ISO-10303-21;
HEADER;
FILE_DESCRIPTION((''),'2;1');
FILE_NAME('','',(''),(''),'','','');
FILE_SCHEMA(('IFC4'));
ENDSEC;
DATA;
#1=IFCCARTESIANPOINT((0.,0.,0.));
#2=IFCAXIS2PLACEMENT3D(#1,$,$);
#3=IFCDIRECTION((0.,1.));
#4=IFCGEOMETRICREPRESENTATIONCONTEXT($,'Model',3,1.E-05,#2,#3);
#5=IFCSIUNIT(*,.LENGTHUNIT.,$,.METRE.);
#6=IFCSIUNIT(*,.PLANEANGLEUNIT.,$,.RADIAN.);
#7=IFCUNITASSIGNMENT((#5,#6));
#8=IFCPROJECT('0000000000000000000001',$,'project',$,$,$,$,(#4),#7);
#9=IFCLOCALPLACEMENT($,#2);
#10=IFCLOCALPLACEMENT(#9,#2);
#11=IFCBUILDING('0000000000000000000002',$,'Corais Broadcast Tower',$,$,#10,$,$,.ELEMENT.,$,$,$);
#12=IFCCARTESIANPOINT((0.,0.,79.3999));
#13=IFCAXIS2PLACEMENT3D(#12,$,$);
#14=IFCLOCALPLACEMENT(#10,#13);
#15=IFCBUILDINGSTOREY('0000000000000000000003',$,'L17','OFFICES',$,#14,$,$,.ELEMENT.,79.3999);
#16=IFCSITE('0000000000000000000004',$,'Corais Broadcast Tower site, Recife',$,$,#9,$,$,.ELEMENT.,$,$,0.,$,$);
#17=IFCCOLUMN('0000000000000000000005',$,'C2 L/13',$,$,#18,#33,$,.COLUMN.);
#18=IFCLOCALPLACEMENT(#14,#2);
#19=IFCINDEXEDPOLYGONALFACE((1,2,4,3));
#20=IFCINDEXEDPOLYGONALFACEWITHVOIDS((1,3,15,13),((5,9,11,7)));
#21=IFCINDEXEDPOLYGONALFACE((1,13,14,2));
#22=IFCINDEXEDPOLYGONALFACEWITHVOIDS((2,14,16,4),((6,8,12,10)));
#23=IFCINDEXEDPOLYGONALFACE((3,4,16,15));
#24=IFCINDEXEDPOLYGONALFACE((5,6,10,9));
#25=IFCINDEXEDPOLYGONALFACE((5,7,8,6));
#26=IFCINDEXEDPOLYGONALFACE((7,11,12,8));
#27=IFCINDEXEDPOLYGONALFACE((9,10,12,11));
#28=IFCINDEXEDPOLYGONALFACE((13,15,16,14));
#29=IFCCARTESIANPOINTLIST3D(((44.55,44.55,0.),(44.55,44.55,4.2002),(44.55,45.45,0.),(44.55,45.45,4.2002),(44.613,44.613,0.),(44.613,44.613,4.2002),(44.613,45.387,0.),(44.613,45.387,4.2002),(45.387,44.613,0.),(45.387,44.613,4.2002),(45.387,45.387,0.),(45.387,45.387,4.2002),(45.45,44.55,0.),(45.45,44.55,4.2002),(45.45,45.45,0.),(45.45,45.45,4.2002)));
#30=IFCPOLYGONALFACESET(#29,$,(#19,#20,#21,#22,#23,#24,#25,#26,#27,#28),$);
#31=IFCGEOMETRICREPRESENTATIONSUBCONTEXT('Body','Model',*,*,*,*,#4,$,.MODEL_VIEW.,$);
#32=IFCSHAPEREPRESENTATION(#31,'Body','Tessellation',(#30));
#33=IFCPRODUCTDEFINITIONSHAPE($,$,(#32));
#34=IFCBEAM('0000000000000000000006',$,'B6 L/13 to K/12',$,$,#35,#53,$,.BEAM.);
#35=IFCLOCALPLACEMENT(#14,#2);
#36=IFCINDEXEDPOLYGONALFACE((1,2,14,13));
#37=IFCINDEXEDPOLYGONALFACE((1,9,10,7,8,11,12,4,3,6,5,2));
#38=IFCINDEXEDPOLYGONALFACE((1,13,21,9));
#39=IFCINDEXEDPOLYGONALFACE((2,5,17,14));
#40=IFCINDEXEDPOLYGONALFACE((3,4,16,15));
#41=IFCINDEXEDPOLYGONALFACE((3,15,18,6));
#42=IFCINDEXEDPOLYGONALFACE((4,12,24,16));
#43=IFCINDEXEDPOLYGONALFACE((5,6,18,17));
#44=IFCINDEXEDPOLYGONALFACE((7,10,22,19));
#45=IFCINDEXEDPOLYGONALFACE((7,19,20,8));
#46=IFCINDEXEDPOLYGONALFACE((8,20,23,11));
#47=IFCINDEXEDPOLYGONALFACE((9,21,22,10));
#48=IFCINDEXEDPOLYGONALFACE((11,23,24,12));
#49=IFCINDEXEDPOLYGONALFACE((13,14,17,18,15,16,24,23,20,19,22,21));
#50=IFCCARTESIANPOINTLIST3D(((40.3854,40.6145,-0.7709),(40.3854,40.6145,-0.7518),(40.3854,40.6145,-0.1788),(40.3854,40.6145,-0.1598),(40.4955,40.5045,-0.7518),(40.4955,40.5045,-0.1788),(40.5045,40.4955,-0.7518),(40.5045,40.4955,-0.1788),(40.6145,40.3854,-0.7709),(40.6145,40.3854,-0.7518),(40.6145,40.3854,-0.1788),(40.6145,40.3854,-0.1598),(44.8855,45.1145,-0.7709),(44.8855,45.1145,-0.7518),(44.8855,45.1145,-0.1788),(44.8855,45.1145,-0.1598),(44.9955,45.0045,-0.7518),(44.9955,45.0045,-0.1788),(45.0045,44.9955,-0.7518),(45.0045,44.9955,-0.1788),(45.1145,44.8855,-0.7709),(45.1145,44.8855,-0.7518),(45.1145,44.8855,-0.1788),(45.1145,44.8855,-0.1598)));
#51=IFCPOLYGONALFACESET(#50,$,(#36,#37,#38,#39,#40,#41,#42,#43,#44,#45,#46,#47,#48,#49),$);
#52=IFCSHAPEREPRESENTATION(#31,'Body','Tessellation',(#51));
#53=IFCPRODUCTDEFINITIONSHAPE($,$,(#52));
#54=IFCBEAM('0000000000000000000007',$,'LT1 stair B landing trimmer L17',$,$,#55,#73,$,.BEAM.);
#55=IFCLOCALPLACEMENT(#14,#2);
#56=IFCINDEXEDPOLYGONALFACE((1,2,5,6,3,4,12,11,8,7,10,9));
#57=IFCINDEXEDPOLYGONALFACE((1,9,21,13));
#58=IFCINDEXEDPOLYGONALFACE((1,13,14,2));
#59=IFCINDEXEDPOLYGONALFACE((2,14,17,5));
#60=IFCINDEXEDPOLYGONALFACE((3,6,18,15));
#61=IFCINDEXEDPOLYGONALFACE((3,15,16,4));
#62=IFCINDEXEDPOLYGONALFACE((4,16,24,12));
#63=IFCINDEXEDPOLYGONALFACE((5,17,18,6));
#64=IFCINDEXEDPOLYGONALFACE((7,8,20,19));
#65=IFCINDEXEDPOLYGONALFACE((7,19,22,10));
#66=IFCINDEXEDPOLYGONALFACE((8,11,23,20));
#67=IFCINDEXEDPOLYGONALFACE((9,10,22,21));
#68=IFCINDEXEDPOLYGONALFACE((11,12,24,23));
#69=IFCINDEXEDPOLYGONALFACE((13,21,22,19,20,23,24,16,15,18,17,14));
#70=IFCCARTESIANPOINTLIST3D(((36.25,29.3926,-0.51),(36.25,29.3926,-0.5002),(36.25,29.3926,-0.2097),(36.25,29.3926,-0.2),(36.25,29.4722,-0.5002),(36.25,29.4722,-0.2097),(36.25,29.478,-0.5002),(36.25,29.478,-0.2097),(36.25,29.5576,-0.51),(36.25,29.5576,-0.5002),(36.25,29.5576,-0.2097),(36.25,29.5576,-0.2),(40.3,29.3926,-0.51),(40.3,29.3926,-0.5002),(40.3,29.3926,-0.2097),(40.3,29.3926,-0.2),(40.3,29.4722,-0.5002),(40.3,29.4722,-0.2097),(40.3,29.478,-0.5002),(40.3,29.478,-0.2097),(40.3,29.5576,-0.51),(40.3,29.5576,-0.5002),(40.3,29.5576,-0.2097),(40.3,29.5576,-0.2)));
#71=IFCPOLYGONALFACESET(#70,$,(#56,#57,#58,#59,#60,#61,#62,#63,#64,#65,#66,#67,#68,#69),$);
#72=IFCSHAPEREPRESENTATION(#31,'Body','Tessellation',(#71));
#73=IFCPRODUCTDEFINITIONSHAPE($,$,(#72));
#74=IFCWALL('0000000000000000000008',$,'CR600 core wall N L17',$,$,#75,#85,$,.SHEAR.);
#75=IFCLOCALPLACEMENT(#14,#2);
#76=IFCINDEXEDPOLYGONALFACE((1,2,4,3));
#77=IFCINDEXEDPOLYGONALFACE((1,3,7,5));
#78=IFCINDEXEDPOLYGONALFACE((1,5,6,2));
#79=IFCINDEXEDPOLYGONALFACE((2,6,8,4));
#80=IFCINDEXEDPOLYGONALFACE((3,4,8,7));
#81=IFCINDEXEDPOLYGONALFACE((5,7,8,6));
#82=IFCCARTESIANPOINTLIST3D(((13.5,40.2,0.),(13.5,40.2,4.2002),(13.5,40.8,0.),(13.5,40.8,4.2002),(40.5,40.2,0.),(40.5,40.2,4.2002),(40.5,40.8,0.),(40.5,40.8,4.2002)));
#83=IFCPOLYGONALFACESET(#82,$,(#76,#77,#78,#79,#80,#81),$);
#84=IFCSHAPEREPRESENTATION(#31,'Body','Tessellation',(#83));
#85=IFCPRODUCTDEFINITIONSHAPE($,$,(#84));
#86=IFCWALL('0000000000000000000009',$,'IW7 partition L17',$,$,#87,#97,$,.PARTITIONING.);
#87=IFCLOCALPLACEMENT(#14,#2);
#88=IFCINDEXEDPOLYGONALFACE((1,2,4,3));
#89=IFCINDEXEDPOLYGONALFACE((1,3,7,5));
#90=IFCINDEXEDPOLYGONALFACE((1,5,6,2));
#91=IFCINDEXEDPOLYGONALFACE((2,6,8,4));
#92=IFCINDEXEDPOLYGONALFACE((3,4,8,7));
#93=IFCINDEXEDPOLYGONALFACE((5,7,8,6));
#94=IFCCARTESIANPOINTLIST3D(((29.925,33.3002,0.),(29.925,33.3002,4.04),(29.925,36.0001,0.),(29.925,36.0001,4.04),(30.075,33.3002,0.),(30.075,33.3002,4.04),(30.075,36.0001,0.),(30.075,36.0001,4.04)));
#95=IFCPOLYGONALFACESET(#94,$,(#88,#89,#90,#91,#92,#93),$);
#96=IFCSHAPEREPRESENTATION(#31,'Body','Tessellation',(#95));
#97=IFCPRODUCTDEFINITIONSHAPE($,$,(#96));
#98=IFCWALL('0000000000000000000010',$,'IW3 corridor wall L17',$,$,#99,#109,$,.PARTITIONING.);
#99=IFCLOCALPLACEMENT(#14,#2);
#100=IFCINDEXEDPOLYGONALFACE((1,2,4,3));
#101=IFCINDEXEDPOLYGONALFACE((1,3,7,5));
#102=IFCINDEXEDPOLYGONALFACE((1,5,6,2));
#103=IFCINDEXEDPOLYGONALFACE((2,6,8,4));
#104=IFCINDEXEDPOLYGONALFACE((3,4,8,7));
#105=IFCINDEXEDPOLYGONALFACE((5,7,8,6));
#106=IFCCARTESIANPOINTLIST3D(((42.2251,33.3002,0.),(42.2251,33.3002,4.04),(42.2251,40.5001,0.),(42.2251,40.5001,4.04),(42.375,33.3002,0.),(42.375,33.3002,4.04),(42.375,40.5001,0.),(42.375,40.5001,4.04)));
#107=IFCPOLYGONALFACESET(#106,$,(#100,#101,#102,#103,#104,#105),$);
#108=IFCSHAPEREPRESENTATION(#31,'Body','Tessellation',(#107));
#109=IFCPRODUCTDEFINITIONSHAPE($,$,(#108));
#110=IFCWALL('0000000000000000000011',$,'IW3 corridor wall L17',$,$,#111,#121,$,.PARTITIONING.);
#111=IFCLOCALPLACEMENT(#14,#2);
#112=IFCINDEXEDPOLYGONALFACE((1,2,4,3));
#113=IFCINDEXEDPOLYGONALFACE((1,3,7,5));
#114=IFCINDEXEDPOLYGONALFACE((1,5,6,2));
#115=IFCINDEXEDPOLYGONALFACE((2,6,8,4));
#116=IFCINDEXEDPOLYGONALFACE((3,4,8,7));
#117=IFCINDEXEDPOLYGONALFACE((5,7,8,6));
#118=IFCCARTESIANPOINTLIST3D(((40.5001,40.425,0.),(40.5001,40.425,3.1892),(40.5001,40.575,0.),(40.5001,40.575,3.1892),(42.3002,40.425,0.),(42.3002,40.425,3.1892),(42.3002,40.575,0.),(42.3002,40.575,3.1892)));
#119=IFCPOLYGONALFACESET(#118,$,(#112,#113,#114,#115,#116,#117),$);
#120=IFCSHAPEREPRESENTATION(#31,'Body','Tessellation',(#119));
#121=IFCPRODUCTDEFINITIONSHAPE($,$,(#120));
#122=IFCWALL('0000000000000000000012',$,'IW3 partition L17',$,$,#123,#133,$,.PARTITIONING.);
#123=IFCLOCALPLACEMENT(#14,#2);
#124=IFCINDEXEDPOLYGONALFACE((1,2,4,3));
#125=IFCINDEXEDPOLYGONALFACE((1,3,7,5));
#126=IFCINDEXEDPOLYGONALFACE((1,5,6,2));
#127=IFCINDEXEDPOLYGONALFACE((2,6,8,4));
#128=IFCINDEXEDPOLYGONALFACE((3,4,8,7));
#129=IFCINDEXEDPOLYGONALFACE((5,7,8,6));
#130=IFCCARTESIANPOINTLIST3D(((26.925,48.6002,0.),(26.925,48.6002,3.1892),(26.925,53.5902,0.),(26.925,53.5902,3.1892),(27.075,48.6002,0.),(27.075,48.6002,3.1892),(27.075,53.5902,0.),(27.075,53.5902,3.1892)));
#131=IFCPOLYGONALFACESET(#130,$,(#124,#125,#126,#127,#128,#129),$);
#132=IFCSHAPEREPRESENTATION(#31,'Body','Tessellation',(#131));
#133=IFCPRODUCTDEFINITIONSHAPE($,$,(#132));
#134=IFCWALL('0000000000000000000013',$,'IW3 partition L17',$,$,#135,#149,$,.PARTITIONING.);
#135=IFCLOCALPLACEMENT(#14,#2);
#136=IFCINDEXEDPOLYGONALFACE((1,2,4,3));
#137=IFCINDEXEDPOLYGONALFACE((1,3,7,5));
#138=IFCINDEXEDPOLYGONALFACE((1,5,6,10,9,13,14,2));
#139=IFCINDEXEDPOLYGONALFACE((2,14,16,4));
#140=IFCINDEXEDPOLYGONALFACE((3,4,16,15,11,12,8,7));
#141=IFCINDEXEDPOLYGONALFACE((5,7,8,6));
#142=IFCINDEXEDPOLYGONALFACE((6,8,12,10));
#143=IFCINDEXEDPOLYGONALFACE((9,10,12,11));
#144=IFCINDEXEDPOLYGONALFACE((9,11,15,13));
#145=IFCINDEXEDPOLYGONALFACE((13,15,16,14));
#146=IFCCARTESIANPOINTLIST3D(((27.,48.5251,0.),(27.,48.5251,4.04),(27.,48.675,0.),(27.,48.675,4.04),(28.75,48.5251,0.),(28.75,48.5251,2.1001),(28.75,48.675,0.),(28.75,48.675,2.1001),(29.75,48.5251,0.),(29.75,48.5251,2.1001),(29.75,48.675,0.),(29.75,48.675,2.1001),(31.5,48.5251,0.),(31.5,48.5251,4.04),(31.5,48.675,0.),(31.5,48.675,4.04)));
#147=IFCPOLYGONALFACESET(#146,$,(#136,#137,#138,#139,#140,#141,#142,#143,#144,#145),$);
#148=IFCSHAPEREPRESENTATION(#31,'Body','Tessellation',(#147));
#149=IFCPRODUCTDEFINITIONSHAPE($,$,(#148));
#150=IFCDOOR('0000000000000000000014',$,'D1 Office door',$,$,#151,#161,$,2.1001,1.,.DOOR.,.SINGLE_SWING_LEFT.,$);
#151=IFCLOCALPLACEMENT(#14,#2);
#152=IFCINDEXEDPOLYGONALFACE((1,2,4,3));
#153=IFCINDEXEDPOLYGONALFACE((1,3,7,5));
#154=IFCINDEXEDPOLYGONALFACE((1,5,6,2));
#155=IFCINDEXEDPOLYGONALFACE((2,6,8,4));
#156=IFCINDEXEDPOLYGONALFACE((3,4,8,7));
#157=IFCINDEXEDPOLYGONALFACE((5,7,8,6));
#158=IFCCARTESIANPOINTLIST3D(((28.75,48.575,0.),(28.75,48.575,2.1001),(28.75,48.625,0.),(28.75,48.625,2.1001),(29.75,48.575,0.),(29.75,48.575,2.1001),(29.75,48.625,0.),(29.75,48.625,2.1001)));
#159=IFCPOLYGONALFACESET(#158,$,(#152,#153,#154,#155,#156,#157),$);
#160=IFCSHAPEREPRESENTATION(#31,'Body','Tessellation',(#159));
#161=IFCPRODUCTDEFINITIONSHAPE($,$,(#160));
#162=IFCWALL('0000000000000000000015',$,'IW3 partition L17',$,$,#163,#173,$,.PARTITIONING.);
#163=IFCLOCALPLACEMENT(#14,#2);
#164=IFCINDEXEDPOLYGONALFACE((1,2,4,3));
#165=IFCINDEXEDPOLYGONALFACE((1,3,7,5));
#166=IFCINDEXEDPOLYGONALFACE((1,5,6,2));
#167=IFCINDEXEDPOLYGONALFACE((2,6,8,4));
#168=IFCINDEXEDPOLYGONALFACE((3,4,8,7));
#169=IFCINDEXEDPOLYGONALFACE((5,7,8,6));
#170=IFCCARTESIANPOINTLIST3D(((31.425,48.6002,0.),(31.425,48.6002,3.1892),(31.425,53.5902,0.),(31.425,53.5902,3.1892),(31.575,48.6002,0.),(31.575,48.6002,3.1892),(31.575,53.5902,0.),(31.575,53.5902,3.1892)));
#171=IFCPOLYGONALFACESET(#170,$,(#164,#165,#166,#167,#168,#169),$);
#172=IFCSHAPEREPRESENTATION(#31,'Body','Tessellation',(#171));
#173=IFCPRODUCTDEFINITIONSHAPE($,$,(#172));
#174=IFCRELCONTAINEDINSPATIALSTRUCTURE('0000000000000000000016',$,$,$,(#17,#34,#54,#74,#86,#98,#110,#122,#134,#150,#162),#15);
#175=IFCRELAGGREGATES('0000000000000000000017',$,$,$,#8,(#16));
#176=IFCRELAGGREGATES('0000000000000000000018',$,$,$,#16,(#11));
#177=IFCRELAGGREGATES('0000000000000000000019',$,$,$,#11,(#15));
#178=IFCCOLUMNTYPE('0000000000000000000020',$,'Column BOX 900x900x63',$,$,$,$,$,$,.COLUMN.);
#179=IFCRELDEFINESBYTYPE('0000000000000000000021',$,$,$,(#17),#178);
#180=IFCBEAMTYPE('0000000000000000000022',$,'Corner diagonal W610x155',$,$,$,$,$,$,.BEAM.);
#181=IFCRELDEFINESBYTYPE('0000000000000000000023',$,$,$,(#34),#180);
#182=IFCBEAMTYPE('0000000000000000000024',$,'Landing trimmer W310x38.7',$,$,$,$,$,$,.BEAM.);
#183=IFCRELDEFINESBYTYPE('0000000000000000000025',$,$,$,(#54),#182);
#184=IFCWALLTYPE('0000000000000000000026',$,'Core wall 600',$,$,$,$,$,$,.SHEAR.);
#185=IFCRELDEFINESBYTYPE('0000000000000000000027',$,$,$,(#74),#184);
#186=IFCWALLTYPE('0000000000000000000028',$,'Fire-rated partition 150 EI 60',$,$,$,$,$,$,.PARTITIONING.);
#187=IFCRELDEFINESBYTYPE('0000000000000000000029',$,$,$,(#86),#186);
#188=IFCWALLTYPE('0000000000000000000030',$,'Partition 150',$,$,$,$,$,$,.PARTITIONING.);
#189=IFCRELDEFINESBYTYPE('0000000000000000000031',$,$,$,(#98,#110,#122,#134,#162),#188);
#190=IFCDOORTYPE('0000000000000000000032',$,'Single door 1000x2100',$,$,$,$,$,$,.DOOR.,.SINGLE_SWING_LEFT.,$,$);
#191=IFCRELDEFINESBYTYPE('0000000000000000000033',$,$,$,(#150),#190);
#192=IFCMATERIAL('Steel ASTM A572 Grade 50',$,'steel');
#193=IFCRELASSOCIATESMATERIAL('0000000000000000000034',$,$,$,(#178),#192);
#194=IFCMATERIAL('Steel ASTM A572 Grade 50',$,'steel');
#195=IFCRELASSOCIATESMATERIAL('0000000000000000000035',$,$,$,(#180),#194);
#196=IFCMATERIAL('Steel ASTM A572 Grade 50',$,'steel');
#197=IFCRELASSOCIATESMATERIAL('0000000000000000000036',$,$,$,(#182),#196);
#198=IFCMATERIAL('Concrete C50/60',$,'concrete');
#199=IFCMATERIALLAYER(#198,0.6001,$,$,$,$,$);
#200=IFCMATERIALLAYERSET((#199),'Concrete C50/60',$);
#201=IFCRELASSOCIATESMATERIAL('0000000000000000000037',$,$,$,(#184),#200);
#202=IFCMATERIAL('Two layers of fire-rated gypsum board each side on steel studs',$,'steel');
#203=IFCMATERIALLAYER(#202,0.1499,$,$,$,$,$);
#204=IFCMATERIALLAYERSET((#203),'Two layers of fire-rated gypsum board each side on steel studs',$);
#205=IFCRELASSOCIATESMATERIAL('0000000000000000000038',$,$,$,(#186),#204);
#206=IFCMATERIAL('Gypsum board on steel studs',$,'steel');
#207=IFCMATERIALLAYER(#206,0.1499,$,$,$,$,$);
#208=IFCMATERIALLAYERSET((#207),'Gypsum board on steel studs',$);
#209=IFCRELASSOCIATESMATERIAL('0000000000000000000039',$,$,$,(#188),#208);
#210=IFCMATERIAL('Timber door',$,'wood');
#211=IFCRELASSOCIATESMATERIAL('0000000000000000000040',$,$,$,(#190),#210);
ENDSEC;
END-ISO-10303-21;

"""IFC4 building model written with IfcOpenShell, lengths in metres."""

from ifc_helpers import new_model, si_unit, direction, frame, frame_2d, origin, origin_2d, place, context, subcontext, project, spatial, rectangle, hollow_rectangle, i_section, extrude, material, layer, layer_set, material_profile, profile_set, type_object, element, fill, save


model = new_model("IFC4")

# Units and contexts
model_context = context("Model", 3, precision=1e-05, world=origin(), true_north=direction((0.0, 1.0)))
body_context = subcontext(model_context, "Body", "Model", "MODEL_VIEW")
ifc_project = project(units=[si_unit("LENGTHUNIT", "METRE"), si_unit("PLANEANGLEUNIT", "RADIAN")], contexts=[model_context])

# Site, building, storey
site_placement = place(None, origin())
site = spatial("IfcSite", under=ifc_project, at=site_placement, Name="Corais Broadcast Tower site, Recife", CompositionType="ELEMENT", RefElevation=0.0)
building_placement = place(site_placement, origin())
building = spatial("IfcBuilding", under=site, at=building_placement, Name="Corais Broadcast Tower", CompositionType="ELEMENT")
storey_placement = place(building_placement, frame((0.0, 0.0, 79.3999)))
storey = spatial("IfcBuildingStorey", under=building, at=storey_placement, Name="L17", Description="OFFICES", CompositionType="ELEMENT", Elevation=79.3999)

# Column
ifc_material_1 = material(Name="Steel ASTM A572 Grade 50", Category="steel")
ifc_material_profile_1 = material_profile(ifc_material_1, hollow_rectangle(XDim=0.8999, YDim=0.8999, WallThickness=0.063, at=origin_2d()), Name="BOX 900x900x63")
ifc_profile_set_1 = profile_set([ifc_material_profile_1], Name="Steel ASTM A572 Grade 50")
column_type = type_object("IfcColumnType", Name="Column BOX 900x900x63", PredefinedType="COLUMN", material=ifc_profile_set_1)
column_placement = place(storey_placement, frame((45.0, 45.0, 0.0), z_axis=(0.0, 0.0, 1.0), x_axis=(1.0, 0.0, 0.0)))
element("IfcColumn", 1, at=column_placement, inside=storey, type_object=column_type, Name="C2 L/13", PredefinedType="COLUMN", context=body_context, shape_type="SweptSolid", body=[
    extrude(hollow_rectangle(XDim=0.8999, YDim=0.8999, WallThickness=0.063, at=origin_2d()), origin(), (0.0, 0.0, 1.0), 4.2002),
])

# Beams
ifc_material_2 = material(Name="Steel ASTM A572 Grade 50", Category="steel")
ifc_material_profile_2 = material_profile(ifc_material_2, i_section(OverallWidth=0.324, OverallDepth=0.6111, WebThickness=0.0127, FlangeThickness=0.019, at=origin_2d()), Name="W610x155")
ifc_profile_set_2 = profile_set([ifc_material_profile_2], Name="Steel ASTM A572 Grade 50")
beam_type_1 = type_object("IfcBeamType", Name="Corner diagonal W610x155", PredefinedType="BEAM", material=ifc_profile_set_2)
beam_1_placement = place(storey_placement, frame((45.0, 45.0, -0.4653), z_axis=(-0.707107, -0.707107, 0.0), x_axis=(0.707107, -0.707107, 0.0)))
element("IfcBeam", 2, at=beam_1_placement, inside=storey, type_object=beam_type_1, Name="B6 L/13 to K/12", PredefinedType="BEAM", context=body_context, shape_type="SweptSolid", body=[
    extrude(i_section(OverallWidth=0.324, OverallDepth=0.6111, WebThickness=0.0127, FlangeThickness=0.019, at=origin_2d()), origin(), (0.0, 0.0, 1.0), 6.364),
])
ifc_material_3 = material(Name="Steel ASTM A572 Grade 50", Category="steel")
ifc_material_profile_3 = material_profile(ifc_material_3, i_section(OverallWidth=0.165, OverallDepth=0.3101, WebThickness=0.0059, FlangeThickness=0.0098, at=origin_2d()), Name="W310x38.7")
ifc_profile_set_3 = profile_set([ifc_material_profile_3], Name="Steel ASTM A572 Grade 50")
beam_type_2 = type_object("IfcBeamType", Name="Landing trimmer W310x38.7", PredefinedType="BEAM", material=ifc_profile_set_3)
beam_2_placement = place(storey_placement, frame((36.25, 29.4751, -0.355), z_axis=(1.0, 0.0, 0.0), x_axis=(0.0, 1.0, 0.0)))
element("IfcBeam", 3, at=beam_2_placement, inside=storey, type_object=beam_type_2, Name="LT1 stair B landing trimmer L17", PredefinedType="BEAM", context=body_context, shape_type="SweptSolid", body=[
    extrude(i_section(OverallWidth=0.165, OverallDepth=0.3101, WebThickness=0.0059, FlangeThickness=0.0098, at=origin_2d()), origin(), (0.0, 0.0, 1.0), 4.05),
])

# Walls
ifc_material_4 = material(Name="Concrete C50/60", Category="concrete")
ifc_layer_1 = layer(ifc_material_4, 0.6001)
ifc_layer_set_1 = layer_set([ifc_layer_1], Name="Concrete C50/60")
wall_type_1 = type_object("IfcWallType", Name="Core wall 600", PredefinedType="SHEAR", material=ifc_layer_set_1)
wall_1_placement = place(storey_placement, frame((40.5, 40.5, 0.0), z_axis=(0.0, 0.0, 1.0), x_axis=(-1.0, 0.0, 0.0)))
element("IfcWall", 4, at=wall_1_placement, inside=storey, type_object=wall_type_1, Name="CR600 core wall N L17", PredefinedType="SHEAR", context=body_context, shape_type="SweptSolid", body=[
    extrude(rectangle(XDim=27.0, YDim=0.6001, at=frame_2d((13.5, 0.0))), origin(), (0.0, 0.0, 1.0), 4.2002),
])
ifc_material_5 = material(Name="Two layers of fire-rated gypsum board each side on steel studs", Category="steel")
ifc_layer_2 = layer(ifc_material_5, 0.1499)
ifc_layer_set_2 = layer_set([ifc_layer_2], Name="Two layers of fire-rated gypsum board each side on steel studs")
wall_type_2 = type_object("IfcWallType", Name="Fire-rated partition 150 EI 60", PredefinedType="PARTITIONING", material=ifc_layer_set_2)
wall_2_placement = place(storey_placement, frame((30.0, 33.3, 0.0), z_axis=(0.0, 0.0, 1.0), x_axis=(0.0, 1.0, 0.0)))
element("IfcWall", 5, at=wall_2_placement, inside=storey, type_object=wall_type_2, Name="IW7 partition L17", PredefinedType="PARTITIONING", context=body_context, shape_type="SweptSolid", body=[
    extrude(rectangle(XDim=2.7, YDim=0.1499, at=frame_2d((1.3501, 0.0))), origin(), (0.0, 0.0, 1.0), 4.04),
])
ifc_material_6 = material(Name="Gypsum board on steel studs", Category="steel")
ifc_layer_3 = layer(ifc_material_6, 0.1499)
ifc_layer_set_3 = layer_set([ifc_layer_3], Name="Gypsum board on steel studs")
wall_type_3 = type_object("IfcWallType", Name="Partition 150", PredefinedType="PARTITIONING", material=ifc_layer_set_3)
wall_3_placement = place(storey_placement, frame((42.3, 33.3, 0.0), z_axis=(0.0, 0.0, 1.0), x_axis=(0.0, 1.0, 0.0)))
element("IfcWall", 6, at=wall_3_placement, inside=storey, type_object=wall_type_3, Name="IW3 corridor wall L17", PredefinedType="PARTITIONING", context=body_context, shape_type="SweptSolid", body=[
    extrude(rectangle(XDim=7.2, YDim=0.1499, at=frame_2d((3.6001, 0.0))), origin(), (0.0, 0.0, 1.0), 4.04),
])
wall_4_placement = place(storey_placement, frame((42.3, 40.5, 0.0), z_axis=(0.0, 0.0, 1.0), x_axis=(-1.0, 0.0, 0.0)))
element("IfcWall", 7, at=wall_4_placement, inside=storey, type_object=wall_type_3, Name="IW3 corridor wall L17", PredefinedType="PARTITIONING", context=body_context, shape_type="SweptSolid", body=[
    extrude(rectangle(XDim=1.8, YDim=0.1499, at=frame_2d((0.8999, 0.0))), origin(), (0.0, 0.0, 1.0), 3.1892),
])
wall_5_placement = place(storey_placement, frame((27.0, 48.6001, 0.0), z_axis=(0.0, 0.0, 1.0), x_axis=(0.0, 1.0, 0.0)))
element("IfcWall", 8, at=wall_5_placement, inside=storey, type_object=wall_type_3, Name="IW3 partition L17", PredefinedType="PARTITIONING", context=body_context, shape_type="SweptSolid", body=[
    extrude(rectangle(XDim=4.99, YDim=0.1499, at=frame_2d((2.4951, 0.0))), origin(), (0.0, 0.0, 1.0), 3.1892),
])

# Wall, opening, door
wall_6_placement = place(storey_placement, frame((27.0, 48.6001, 0.0), z_axis=(0.0, 0.0, 1.0), x_axis=(1.0, 0.0, 0.0)))
wall_6 = element("IfcWall", 9, at=wall_6_placement, inside=storey, type_object=wall_type_3, Name="IW3 partition L17", PredefinedType="PARTITIONING", context=body_context, shape_type="SweptSolid", body=[
    extrude(rectangle(XDim=4.5, YDim=0.1499, at=frame_2d((2.25, 0.0))), origin(), (0.0, 0.0, 1.0), 4.04),
])
opening_1_placement = place(wall_6_placement, frame((1.75, 0.0, 0.0)))
opening_1 = element("IfcOpeningElement", 10, at=opening_1_placement, cuts=wall_6, PredefinedType="OPENING", context=body_context, shape_type="SweptSolid", body=[
    extrude(rectangle(XDim=1.0, YDim=2.1001, at=frame_2d((0.5, 1.05))), frame((0.0, 0.085, 0.0), z_axis=(0.0, -1.0, 0.0), x_axis=(1.0, 0.0, 0.0)), (0.0, 0.0, 1.0), 0.1699),
])
ifc_material_7 = material(Name="Timber door", Category="wood")
door_type = type_object("IfcDoorType", Name="Single door 1000x2100", OperationType="SINGLE_SWING_LEFT", PredefinedType="DOOR", material=ifc_material_7)
door_1_placement = place(opening_1_placement, origin())
door_1 = element("IfcDoor", 11, at=door_1_placement, inside=storey, type_object=door_type, Name="D1 Office door", OperationType="SINGLE_SWING_LEFT", OverallHeight=2.1001, OverallWidth=1.0, PredefinedType="DOOR", context=body_context, shape_type="SweptSolid", body=[
    extrude(rectangle(XDim=1.0, YDim=2.1001, at=frame_2d((0.5, 1.05))), frame((0.0, 0.0249, 0.0), z_axis=(0.0, -1.0, 0.0), x_axis=(1.0, 0.0, 0.0)), (0.0, 0.0, 1.0), 0.05),
])
fill(opening_1, door_1)

# Wall
wall_7_placement = place(storey_placement, frame((31.5, 48.6001, 0.0), z_axis=(0.0, 0.0, 1.0), x_axis=(0.0, 1.0, 0.0)))
element("IfcWall", 12, at=wall_7_placement, inside=storey, type_object=wall_type_3, Name="IW3 partition L17", PredefinedType="PARTITIONING", context=body_context, shape_type="SweptSolid", body=[
    extrude(rectangle(XDim=4.99, YDim=0.1499, at=frame_2d((2.4951, 0.0))), origin(), (0.0, 0.0, 1.0), 3.1892),
])

save(model, "model.ifc")
